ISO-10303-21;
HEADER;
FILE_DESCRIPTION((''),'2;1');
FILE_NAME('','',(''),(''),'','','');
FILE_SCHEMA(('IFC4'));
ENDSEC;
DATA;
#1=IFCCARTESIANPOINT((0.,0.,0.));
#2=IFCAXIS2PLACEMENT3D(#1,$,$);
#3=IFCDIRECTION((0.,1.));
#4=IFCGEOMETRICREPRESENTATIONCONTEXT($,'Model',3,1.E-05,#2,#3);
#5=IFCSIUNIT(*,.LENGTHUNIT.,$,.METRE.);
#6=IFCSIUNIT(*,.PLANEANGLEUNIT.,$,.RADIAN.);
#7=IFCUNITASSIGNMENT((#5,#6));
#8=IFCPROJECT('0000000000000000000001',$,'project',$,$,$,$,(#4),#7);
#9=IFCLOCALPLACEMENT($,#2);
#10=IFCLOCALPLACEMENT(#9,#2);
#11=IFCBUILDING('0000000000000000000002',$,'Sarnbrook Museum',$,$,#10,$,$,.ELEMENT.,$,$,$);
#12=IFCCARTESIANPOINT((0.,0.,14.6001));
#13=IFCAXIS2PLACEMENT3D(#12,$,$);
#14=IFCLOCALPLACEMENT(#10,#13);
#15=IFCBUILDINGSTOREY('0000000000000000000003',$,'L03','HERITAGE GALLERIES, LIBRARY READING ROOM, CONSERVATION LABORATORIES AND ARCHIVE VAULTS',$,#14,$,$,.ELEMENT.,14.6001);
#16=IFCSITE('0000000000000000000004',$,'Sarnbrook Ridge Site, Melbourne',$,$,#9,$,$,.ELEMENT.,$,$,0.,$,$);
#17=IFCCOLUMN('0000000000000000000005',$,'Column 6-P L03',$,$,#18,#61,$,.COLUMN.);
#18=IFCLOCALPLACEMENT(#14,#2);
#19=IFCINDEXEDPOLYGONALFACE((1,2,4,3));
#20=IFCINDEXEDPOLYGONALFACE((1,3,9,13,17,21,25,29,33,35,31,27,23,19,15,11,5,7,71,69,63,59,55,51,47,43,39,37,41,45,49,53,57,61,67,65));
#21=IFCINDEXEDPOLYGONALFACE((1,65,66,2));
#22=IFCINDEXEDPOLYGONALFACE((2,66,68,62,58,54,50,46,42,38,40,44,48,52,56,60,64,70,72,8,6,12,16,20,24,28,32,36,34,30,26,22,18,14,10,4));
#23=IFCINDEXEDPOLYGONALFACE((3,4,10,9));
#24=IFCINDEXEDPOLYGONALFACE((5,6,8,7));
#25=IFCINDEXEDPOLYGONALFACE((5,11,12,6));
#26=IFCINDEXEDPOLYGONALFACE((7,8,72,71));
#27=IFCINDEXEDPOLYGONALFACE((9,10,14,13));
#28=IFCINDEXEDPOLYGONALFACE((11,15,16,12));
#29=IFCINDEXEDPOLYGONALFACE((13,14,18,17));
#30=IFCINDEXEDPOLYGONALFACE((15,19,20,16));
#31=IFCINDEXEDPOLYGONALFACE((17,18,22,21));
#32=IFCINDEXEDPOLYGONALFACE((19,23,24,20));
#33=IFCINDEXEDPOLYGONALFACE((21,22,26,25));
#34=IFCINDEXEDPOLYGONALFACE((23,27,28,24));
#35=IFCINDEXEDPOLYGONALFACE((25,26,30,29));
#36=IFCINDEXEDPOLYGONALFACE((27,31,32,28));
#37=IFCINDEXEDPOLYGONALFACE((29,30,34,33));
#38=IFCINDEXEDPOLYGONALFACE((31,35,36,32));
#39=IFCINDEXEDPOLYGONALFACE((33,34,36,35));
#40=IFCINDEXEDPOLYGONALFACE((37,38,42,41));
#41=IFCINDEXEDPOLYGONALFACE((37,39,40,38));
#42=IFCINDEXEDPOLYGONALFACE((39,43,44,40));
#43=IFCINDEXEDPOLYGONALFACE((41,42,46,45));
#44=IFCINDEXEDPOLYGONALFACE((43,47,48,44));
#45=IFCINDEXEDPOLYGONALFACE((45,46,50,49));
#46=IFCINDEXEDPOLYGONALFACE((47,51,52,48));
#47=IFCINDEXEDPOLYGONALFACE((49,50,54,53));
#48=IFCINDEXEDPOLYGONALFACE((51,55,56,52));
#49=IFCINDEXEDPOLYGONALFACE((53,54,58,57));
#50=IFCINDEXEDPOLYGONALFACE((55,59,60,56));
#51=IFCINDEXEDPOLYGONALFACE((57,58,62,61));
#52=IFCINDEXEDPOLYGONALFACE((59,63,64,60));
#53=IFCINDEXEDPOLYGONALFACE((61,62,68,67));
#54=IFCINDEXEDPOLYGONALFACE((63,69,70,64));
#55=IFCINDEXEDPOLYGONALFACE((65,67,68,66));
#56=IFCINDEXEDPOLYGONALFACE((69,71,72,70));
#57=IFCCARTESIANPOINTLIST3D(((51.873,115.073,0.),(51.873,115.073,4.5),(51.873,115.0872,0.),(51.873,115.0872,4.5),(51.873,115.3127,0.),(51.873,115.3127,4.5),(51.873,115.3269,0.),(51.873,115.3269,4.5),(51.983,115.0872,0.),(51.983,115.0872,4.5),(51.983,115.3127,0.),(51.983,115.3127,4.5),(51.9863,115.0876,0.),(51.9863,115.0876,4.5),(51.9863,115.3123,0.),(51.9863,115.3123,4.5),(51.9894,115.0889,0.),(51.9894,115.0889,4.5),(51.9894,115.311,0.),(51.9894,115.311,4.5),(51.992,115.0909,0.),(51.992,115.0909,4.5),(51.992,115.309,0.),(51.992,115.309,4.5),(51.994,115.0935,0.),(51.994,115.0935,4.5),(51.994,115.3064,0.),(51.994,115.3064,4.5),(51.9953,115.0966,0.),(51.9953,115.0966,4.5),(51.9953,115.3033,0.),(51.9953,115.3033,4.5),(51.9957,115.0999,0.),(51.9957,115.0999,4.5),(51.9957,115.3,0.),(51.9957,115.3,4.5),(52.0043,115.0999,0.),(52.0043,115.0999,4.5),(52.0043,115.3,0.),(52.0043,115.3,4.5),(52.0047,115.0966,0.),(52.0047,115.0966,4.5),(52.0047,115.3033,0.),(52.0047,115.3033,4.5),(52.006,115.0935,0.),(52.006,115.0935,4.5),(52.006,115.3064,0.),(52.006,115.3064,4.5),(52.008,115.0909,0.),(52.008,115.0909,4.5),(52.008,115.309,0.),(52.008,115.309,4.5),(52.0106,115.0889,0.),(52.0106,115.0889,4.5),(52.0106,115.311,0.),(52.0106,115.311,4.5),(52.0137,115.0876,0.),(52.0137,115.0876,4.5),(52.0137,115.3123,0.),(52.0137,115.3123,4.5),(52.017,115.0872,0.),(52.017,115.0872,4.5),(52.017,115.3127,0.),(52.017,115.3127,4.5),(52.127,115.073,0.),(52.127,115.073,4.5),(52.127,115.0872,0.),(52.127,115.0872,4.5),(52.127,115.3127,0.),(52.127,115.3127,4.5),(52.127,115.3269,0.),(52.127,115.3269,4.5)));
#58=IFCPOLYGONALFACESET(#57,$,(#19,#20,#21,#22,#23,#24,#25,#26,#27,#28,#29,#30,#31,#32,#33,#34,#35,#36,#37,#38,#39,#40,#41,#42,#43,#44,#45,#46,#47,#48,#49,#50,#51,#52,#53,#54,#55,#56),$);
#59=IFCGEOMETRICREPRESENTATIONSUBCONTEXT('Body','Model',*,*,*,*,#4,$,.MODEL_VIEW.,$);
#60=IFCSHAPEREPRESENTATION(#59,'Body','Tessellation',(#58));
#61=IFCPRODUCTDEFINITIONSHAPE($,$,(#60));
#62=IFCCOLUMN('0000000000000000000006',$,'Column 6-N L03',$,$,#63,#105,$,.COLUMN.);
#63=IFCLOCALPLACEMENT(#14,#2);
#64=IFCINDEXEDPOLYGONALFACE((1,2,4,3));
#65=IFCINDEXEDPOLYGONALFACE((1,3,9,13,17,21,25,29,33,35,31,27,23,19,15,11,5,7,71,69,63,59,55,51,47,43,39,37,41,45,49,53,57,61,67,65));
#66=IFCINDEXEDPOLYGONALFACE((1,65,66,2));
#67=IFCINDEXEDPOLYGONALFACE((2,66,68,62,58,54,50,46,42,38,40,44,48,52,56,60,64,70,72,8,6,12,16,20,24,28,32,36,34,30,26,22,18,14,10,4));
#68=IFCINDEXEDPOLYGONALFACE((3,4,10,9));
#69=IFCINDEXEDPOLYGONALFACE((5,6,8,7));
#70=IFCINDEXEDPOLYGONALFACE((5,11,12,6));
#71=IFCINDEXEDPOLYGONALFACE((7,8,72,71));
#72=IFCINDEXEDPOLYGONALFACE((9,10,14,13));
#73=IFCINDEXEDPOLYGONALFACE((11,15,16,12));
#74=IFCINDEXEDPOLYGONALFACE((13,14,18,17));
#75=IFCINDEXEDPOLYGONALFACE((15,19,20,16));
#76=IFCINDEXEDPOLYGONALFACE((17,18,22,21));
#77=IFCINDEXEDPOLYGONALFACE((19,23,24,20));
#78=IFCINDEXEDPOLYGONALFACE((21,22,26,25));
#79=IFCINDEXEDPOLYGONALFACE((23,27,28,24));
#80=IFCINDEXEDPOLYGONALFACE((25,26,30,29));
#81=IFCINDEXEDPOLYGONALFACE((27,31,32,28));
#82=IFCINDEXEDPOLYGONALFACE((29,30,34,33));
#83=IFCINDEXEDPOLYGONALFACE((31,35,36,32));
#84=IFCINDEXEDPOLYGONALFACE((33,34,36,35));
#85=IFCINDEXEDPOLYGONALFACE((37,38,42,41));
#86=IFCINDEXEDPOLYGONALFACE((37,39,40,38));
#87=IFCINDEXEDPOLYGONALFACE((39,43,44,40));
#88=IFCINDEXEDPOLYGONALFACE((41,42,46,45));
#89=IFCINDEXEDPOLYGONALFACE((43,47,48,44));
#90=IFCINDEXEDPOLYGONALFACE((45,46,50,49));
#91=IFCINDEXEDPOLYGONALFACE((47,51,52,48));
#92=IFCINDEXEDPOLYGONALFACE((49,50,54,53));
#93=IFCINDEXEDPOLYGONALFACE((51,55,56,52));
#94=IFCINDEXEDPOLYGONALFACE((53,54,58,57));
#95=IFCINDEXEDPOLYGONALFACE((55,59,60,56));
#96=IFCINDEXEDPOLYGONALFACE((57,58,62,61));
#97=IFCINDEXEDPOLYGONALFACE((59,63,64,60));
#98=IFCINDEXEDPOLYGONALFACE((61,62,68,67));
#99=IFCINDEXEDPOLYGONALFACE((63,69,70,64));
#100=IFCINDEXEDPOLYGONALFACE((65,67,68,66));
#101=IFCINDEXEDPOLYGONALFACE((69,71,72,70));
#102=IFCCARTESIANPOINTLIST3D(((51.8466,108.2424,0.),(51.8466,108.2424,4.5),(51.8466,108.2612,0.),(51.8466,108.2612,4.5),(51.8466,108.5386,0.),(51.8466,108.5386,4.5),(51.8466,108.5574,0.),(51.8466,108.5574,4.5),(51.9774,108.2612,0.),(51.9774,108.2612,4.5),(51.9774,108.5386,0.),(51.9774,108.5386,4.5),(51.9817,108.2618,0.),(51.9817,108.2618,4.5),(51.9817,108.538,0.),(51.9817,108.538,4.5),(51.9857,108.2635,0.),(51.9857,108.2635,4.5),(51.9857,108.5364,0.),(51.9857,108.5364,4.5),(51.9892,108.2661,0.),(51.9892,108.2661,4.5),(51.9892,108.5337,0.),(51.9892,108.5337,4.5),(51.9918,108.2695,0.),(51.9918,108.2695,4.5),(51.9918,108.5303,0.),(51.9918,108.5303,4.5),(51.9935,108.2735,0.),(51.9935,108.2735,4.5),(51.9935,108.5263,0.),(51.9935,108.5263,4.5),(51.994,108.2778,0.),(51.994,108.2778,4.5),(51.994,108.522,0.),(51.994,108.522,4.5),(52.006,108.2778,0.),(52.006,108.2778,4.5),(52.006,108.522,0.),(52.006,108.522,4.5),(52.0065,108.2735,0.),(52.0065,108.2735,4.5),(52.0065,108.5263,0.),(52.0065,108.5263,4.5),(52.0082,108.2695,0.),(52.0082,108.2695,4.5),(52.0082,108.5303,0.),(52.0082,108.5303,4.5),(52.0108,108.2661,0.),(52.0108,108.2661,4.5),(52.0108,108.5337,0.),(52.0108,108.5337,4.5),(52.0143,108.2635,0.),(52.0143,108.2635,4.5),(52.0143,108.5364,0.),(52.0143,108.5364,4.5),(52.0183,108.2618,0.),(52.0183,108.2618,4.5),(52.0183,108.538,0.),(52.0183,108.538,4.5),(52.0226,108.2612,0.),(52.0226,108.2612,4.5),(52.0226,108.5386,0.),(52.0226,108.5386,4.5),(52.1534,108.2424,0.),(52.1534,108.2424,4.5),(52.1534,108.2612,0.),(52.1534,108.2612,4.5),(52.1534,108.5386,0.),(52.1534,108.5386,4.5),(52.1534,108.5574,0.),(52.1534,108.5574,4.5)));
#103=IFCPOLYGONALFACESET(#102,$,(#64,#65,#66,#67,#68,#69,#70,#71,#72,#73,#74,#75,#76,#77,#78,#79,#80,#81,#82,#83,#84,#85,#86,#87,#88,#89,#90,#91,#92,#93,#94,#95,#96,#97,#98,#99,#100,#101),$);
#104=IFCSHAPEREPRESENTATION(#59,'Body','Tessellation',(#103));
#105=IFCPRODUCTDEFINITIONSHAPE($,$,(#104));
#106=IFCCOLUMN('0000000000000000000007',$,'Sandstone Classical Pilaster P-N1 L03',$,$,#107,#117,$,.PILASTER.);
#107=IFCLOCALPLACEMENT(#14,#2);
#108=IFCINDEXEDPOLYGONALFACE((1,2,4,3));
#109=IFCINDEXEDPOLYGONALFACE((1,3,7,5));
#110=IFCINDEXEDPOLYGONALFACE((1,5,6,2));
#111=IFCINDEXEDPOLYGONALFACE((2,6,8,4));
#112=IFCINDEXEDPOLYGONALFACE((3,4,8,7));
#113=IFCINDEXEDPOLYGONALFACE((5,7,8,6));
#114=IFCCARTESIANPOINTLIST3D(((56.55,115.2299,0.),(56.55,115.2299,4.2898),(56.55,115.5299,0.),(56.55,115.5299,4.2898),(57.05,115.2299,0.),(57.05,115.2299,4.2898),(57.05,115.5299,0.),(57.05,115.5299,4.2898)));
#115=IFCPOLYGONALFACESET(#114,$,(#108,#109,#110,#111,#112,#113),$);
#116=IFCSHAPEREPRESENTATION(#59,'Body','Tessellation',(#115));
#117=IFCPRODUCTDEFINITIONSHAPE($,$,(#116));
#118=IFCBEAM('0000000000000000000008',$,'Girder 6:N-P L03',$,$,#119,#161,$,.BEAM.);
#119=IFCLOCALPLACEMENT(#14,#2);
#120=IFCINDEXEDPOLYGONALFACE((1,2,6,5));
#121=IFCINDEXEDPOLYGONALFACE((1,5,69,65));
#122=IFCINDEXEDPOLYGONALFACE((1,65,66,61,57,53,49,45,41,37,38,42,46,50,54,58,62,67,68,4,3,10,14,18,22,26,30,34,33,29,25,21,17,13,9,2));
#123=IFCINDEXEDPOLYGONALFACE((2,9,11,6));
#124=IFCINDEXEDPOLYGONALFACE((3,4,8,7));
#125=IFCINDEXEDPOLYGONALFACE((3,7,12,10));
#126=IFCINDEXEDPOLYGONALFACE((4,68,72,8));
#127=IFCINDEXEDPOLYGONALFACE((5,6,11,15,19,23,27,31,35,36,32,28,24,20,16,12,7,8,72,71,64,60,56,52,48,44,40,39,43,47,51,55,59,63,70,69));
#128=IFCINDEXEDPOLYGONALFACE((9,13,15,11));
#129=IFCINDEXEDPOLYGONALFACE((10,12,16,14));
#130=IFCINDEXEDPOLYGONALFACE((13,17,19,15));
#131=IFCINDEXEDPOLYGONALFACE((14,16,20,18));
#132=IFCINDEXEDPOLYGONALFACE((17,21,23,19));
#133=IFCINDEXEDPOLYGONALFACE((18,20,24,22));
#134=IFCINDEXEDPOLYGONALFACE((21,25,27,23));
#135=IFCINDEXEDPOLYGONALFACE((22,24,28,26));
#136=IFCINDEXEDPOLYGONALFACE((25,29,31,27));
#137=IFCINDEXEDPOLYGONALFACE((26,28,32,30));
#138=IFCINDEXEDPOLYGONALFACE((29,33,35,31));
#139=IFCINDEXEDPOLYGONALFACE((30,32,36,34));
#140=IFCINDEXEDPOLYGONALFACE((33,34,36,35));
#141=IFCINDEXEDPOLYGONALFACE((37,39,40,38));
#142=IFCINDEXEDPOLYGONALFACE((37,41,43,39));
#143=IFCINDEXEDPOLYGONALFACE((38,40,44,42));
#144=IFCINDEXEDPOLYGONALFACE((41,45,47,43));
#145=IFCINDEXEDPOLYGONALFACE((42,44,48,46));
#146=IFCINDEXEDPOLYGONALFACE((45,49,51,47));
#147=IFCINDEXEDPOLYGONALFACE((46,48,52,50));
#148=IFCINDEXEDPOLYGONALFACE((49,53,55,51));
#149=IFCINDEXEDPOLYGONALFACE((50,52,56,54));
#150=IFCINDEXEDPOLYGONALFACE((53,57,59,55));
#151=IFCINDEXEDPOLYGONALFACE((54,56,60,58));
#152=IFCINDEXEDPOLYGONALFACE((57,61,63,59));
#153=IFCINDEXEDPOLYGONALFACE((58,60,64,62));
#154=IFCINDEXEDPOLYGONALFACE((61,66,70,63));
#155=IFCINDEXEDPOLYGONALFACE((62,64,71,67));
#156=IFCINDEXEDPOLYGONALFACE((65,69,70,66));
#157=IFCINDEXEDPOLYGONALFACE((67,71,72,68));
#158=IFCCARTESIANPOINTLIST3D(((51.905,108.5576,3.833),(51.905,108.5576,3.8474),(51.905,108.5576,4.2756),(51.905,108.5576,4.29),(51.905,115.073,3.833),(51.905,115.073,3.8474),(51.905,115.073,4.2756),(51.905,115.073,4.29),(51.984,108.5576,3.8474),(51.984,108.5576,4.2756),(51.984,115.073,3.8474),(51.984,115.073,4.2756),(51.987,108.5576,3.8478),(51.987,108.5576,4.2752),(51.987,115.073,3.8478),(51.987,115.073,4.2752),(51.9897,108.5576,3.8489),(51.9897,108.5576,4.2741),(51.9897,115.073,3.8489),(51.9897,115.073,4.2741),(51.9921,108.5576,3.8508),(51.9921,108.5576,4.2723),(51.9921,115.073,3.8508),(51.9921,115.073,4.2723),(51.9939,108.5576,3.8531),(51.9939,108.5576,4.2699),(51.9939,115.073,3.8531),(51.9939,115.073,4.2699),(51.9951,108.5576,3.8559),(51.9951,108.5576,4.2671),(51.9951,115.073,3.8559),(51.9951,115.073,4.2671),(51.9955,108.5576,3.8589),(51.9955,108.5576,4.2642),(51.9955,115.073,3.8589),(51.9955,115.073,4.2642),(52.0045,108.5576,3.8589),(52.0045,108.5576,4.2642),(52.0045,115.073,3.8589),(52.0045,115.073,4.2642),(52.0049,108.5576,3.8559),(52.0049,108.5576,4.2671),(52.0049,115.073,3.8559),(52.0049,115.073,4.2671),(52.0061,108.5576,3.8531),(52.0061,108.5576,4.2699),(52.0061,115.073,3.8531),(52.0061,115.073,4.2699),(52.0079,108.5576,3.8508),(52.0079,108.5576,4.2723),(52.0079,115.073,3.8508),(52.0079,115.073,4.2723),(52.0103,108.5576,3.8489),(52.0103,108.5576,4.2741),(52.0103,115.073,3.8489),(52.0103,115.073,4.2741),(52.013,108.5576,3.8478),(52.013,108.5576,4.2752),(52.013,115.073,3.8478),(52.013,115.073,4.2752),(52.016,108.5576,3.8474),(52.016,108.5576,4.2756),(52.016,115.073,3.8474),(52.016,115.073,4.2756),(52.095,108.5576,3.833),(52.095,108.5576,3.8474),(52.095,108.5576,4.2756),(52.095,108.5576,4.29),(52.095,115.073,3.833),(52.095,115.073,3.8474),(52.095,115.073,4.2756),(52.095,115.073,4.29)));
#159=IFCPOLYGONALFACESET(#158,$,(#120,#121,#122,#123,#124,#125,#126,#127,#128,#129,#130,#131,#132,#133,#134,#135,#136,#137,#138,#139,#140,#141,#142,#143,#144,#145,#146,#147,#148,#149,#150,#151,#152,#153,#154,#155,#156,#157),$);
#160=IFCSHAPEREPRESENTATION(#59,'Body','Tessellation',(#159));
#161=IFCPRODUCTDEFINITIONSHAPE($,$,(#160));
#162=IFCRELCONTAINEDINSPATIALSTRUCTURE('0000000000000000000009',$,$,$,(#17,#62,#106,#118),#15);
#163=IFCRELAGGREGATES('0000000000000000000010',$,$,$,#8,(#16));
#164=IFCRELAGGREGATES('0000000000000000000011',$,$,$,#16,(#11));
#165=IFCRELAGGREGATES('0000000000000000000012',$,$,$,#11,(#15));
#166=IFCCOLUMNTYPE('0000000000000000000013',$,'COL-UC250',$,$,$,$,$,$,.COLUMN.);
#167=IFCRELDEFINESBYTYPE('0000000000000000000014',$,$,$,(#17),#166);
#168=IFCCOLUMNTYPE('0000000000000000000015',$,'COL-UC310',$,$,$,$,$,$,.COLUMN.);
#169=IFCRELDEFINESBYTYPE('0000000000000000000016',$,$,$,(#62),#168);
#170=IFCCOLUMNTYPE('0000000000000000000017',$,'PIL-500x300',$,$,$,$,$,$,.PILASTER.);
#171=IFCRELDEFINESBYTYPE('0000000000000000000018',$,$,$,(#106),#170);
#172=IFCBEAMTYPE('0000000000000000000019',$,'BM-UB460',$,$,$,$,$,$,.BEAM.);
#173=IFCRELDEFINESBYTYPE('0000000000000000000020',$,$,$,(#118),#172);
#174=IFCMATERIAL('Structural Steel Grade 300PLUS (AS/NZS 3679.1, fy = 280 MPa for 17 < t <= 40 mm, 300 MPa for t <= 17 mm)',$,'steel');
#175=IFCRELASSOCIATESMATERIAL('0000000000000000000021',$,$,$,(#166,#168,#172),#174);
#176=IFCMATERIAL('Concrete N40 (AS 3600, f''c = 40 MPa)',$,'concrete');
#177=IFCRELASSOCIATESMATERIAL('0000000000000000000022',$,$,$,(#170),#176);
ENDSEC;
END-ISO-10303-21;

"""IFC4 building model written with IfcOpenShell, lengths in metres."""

from ifc_helpers import new_model, si_unit, direction, frame, origin, origin_2d, place, context, subcontext, project, spatial, rectangle, i_section, extrude, material, material_profile, profile_set, type_object, element, save


model = new_model("IFC4")

# Units and contexts
model_context = context("Model", 3, precision=1e-05, world=origin(), true_north=direction((0.0, 1.0)))
body_context = subcontext(model_context, "Body", "Model", "MODEL_VIEW")
ifc_project = project(units=[si_unit("LENGTHUNIT", "METRE"), si_unit("PLANEANGLEUNIT", "RADIAN")], contexts=[model_context])

# Site, building, storey
site_placement = place(None, origin())
site = spatial("IfcSite", under=ifc_project, at=site_placement, Name="Sarnbrook Ridge Site, Melbourne", CompositionType="ELEMENT", RefElevation=0.0)
building_placement = place(site_placement, origin())
building = spatial("IfcBuilding", under=site, at=building_placement, Name="Sarnbrook Museum", CompositionType="ELEMENT")
storey_placement = place(building_placement, frame((0.0, 0.0, 14.6001)))
storey = spatial("IfcBuildingStorey", under=building, at=storey_placement, Name="L03", Description="HERITAGE GALLERIES, LIBRARY READING ROOM, CONSERVATION LABORATORIES AND ARCHIVE VAULTS", CompositionType="ELEMENT", Elevation=14.6001)

# Columns
ifc_material_1 = material(Name="Structural Steel Grade 300PLUS (AS/NZS 3679.1, fy = 280 MPa for 17 < t <= 40 mm, 300 MPa for t <= 17 mm)", Category="steel")
ifc_material_profile_1 = material_profile(ifc_material_1, i_section(OverallWidth=0.2539, OverallDepth=0.2539, WebThickness=0.0085, FlangeThickness=0.0142, FilletRadius=0.0127, at=origin_2d()), Name="250UC72.9")
ifc_profile_set_1 = profile_set([ifc_material_profile_1], Name="Structural Steel Grade 300PLUS (AS/NZS 3679.1, fy = 280 MPa for 17 < t <= 40 mm, 300 MPa for t <= 17 mm)")
column_type_1 = type_object("IfcColumnType", Name="COL-UC250", PredefinedType="COLUMN", material=ifc_profile_set_1)
column_1_placement = place(storey_placement, frame((52.0, 115.2, 0.0), z_axis=(0.0, 0.0, 1.0), x_axis=(1.0, 0.0, 0.0)))
element("IfcColumn", 1, at=column_1_placement, inside=storey, type_object=column_type_1, Name="Column 6-P L03", PredefinedType="COLUMN", context=body_context, shape_type="SweptSolid", body=[
    extrude(i_section(OverallWidth=0.2539, OverallDepth=0.2539, WebThickness=0.0085, FlangeThickness=0.0142, FilletRadius=0.0127, at=origin_2d()), origin(), (0.0, 0.0, 1.0), 4.5),
])
ifc_material_profile_2 = material_profile(ifc_material_1, i_section(OverallWidth=0.3069, OverallDepth=0.3149, WebThickness=0.012, FlangeThickness=0.0188, FilletRadius=0.0166, at=origin_2d()), Name="310UC118")
ifc_profile_set_2 = profile_set([ifc_material_profile_2], Name="Structural Steel Grade 300PLUS (AS/NZS 3679.1, fy = 280 MPa for 17 < t <= 40 mm, 300 MPa for t <= 17 mm)")
column_type_2 = type_object("IfcColumnType", Name="COL-UC310", PredefinedType="COLUMN", material=ifc_profile_set_2)
column_2_placement = place(storey_placement, frame((52.0, 108.3999, 0.0), z_axis=(0.0, 0.0, 1.0), x_axis=(1.0, 0.0, 0.0)))
element("IfcColumn", 2, at=column_2_placement, inside=storey, type_object=column_type_2, Name="Column 6-N L03", PredefinedType="COLUMN", context=body_context, shape_type="SweptSolid", body=[
    extrude(i_section(OverallWidth=0.3069, OverallDepth=0.3149, WebThickness=0.012, FlangeThickness=0.0188, FilletRadius=0.0166, at=origin_2d()), origin(), (0.0, 0.0, 1.0), 4.5),
])
ifc_material_2 = material(Name="Concrete N40 (AS 3600, f'c = 40 MPa)", Category="concrete")
ifc_material_profile_3 = material_profile(ifc_material_2, rectangle(XDim=0.5, YDim=0.3, at=origin_2d()), Name="PILASTER 500x300")
ifc_profile_set_3 = profile_set([ifc_material_profile_3], Name="Concrete N40 (AS 3600, f'c = 40 MPa)")
column_type_3 = type_object("IfcColumnType", Name="PIL-500x300", PredefinedType="PILASTER", material=ifc_profile_set_3)
column_3_placement = place(storey_placement, frame((56.8, 115.3799, 0.0), z_axis=(0.0, 0.0, 1.0), x_axis=(1.0, 0.0, 0.0)))
element("IfcColumn", 3, at=column_3_placement, inside=storey, type_object=column_type_3, Name="Sandstone Classical Pilaster P-N1 L03", PredefinedType="PILASTER", context=body_context, shape_type="SweptSolid", body=[
    extrude(rectangle(XDim=0.5, YDim=0.3, at=origin_2d()), origin(), (0.0, 0.0, 1.0), 4.2898),
])

# Beam
ifc_material_profile_4 = material_profile(ifc_material_1, i_section(OverallWidth=0.1899, OverallDepth=0.457, WebThickness=0.009, FlangeThickness=0.0144, FilletRadius=0.0115, at=origin_2d()), Name="460UB74.6")
ifc_profile_set_4 = profile_set([ifc_material_profile_4], Name="Structural Steel Grade 300PLUS (AS/NZS 3679.1, fy = 280 MPa for 17 < t <= 40 mm, 300 MPa for t <= 17 mm)")
beam_type_1 = type_object("IfcBeamType", Name="BM-UB460", PredefinedType="BEAM", material=ifc_profile_set_4)
beam_1_placement = place(storey_placement, frame((52.0, 108.5576, 4.0615), z_axis=(0.0, 1.0, 0.0), x_axis=(-1.0, 0.0, 0.0)))
element("IfcBeam", 4, at=beam_1_placement, inside=storey, type_object=beam_type_1, Name="Girder 6:N-P L03", PredefinedType="BEAM", context=body_context, shape_type="SweptSolid", body=[
    extrude(i_section(OverallWidth=0.1899, OverallDepth=0.457, WebThickness=0.009, FlangeThickness=0.0144, FilletRadius=0.0115, at=origin_2d()), origin(), (0.0, 0.0, 1.0), 6.5154),
])

save(model, "model.ifc")
